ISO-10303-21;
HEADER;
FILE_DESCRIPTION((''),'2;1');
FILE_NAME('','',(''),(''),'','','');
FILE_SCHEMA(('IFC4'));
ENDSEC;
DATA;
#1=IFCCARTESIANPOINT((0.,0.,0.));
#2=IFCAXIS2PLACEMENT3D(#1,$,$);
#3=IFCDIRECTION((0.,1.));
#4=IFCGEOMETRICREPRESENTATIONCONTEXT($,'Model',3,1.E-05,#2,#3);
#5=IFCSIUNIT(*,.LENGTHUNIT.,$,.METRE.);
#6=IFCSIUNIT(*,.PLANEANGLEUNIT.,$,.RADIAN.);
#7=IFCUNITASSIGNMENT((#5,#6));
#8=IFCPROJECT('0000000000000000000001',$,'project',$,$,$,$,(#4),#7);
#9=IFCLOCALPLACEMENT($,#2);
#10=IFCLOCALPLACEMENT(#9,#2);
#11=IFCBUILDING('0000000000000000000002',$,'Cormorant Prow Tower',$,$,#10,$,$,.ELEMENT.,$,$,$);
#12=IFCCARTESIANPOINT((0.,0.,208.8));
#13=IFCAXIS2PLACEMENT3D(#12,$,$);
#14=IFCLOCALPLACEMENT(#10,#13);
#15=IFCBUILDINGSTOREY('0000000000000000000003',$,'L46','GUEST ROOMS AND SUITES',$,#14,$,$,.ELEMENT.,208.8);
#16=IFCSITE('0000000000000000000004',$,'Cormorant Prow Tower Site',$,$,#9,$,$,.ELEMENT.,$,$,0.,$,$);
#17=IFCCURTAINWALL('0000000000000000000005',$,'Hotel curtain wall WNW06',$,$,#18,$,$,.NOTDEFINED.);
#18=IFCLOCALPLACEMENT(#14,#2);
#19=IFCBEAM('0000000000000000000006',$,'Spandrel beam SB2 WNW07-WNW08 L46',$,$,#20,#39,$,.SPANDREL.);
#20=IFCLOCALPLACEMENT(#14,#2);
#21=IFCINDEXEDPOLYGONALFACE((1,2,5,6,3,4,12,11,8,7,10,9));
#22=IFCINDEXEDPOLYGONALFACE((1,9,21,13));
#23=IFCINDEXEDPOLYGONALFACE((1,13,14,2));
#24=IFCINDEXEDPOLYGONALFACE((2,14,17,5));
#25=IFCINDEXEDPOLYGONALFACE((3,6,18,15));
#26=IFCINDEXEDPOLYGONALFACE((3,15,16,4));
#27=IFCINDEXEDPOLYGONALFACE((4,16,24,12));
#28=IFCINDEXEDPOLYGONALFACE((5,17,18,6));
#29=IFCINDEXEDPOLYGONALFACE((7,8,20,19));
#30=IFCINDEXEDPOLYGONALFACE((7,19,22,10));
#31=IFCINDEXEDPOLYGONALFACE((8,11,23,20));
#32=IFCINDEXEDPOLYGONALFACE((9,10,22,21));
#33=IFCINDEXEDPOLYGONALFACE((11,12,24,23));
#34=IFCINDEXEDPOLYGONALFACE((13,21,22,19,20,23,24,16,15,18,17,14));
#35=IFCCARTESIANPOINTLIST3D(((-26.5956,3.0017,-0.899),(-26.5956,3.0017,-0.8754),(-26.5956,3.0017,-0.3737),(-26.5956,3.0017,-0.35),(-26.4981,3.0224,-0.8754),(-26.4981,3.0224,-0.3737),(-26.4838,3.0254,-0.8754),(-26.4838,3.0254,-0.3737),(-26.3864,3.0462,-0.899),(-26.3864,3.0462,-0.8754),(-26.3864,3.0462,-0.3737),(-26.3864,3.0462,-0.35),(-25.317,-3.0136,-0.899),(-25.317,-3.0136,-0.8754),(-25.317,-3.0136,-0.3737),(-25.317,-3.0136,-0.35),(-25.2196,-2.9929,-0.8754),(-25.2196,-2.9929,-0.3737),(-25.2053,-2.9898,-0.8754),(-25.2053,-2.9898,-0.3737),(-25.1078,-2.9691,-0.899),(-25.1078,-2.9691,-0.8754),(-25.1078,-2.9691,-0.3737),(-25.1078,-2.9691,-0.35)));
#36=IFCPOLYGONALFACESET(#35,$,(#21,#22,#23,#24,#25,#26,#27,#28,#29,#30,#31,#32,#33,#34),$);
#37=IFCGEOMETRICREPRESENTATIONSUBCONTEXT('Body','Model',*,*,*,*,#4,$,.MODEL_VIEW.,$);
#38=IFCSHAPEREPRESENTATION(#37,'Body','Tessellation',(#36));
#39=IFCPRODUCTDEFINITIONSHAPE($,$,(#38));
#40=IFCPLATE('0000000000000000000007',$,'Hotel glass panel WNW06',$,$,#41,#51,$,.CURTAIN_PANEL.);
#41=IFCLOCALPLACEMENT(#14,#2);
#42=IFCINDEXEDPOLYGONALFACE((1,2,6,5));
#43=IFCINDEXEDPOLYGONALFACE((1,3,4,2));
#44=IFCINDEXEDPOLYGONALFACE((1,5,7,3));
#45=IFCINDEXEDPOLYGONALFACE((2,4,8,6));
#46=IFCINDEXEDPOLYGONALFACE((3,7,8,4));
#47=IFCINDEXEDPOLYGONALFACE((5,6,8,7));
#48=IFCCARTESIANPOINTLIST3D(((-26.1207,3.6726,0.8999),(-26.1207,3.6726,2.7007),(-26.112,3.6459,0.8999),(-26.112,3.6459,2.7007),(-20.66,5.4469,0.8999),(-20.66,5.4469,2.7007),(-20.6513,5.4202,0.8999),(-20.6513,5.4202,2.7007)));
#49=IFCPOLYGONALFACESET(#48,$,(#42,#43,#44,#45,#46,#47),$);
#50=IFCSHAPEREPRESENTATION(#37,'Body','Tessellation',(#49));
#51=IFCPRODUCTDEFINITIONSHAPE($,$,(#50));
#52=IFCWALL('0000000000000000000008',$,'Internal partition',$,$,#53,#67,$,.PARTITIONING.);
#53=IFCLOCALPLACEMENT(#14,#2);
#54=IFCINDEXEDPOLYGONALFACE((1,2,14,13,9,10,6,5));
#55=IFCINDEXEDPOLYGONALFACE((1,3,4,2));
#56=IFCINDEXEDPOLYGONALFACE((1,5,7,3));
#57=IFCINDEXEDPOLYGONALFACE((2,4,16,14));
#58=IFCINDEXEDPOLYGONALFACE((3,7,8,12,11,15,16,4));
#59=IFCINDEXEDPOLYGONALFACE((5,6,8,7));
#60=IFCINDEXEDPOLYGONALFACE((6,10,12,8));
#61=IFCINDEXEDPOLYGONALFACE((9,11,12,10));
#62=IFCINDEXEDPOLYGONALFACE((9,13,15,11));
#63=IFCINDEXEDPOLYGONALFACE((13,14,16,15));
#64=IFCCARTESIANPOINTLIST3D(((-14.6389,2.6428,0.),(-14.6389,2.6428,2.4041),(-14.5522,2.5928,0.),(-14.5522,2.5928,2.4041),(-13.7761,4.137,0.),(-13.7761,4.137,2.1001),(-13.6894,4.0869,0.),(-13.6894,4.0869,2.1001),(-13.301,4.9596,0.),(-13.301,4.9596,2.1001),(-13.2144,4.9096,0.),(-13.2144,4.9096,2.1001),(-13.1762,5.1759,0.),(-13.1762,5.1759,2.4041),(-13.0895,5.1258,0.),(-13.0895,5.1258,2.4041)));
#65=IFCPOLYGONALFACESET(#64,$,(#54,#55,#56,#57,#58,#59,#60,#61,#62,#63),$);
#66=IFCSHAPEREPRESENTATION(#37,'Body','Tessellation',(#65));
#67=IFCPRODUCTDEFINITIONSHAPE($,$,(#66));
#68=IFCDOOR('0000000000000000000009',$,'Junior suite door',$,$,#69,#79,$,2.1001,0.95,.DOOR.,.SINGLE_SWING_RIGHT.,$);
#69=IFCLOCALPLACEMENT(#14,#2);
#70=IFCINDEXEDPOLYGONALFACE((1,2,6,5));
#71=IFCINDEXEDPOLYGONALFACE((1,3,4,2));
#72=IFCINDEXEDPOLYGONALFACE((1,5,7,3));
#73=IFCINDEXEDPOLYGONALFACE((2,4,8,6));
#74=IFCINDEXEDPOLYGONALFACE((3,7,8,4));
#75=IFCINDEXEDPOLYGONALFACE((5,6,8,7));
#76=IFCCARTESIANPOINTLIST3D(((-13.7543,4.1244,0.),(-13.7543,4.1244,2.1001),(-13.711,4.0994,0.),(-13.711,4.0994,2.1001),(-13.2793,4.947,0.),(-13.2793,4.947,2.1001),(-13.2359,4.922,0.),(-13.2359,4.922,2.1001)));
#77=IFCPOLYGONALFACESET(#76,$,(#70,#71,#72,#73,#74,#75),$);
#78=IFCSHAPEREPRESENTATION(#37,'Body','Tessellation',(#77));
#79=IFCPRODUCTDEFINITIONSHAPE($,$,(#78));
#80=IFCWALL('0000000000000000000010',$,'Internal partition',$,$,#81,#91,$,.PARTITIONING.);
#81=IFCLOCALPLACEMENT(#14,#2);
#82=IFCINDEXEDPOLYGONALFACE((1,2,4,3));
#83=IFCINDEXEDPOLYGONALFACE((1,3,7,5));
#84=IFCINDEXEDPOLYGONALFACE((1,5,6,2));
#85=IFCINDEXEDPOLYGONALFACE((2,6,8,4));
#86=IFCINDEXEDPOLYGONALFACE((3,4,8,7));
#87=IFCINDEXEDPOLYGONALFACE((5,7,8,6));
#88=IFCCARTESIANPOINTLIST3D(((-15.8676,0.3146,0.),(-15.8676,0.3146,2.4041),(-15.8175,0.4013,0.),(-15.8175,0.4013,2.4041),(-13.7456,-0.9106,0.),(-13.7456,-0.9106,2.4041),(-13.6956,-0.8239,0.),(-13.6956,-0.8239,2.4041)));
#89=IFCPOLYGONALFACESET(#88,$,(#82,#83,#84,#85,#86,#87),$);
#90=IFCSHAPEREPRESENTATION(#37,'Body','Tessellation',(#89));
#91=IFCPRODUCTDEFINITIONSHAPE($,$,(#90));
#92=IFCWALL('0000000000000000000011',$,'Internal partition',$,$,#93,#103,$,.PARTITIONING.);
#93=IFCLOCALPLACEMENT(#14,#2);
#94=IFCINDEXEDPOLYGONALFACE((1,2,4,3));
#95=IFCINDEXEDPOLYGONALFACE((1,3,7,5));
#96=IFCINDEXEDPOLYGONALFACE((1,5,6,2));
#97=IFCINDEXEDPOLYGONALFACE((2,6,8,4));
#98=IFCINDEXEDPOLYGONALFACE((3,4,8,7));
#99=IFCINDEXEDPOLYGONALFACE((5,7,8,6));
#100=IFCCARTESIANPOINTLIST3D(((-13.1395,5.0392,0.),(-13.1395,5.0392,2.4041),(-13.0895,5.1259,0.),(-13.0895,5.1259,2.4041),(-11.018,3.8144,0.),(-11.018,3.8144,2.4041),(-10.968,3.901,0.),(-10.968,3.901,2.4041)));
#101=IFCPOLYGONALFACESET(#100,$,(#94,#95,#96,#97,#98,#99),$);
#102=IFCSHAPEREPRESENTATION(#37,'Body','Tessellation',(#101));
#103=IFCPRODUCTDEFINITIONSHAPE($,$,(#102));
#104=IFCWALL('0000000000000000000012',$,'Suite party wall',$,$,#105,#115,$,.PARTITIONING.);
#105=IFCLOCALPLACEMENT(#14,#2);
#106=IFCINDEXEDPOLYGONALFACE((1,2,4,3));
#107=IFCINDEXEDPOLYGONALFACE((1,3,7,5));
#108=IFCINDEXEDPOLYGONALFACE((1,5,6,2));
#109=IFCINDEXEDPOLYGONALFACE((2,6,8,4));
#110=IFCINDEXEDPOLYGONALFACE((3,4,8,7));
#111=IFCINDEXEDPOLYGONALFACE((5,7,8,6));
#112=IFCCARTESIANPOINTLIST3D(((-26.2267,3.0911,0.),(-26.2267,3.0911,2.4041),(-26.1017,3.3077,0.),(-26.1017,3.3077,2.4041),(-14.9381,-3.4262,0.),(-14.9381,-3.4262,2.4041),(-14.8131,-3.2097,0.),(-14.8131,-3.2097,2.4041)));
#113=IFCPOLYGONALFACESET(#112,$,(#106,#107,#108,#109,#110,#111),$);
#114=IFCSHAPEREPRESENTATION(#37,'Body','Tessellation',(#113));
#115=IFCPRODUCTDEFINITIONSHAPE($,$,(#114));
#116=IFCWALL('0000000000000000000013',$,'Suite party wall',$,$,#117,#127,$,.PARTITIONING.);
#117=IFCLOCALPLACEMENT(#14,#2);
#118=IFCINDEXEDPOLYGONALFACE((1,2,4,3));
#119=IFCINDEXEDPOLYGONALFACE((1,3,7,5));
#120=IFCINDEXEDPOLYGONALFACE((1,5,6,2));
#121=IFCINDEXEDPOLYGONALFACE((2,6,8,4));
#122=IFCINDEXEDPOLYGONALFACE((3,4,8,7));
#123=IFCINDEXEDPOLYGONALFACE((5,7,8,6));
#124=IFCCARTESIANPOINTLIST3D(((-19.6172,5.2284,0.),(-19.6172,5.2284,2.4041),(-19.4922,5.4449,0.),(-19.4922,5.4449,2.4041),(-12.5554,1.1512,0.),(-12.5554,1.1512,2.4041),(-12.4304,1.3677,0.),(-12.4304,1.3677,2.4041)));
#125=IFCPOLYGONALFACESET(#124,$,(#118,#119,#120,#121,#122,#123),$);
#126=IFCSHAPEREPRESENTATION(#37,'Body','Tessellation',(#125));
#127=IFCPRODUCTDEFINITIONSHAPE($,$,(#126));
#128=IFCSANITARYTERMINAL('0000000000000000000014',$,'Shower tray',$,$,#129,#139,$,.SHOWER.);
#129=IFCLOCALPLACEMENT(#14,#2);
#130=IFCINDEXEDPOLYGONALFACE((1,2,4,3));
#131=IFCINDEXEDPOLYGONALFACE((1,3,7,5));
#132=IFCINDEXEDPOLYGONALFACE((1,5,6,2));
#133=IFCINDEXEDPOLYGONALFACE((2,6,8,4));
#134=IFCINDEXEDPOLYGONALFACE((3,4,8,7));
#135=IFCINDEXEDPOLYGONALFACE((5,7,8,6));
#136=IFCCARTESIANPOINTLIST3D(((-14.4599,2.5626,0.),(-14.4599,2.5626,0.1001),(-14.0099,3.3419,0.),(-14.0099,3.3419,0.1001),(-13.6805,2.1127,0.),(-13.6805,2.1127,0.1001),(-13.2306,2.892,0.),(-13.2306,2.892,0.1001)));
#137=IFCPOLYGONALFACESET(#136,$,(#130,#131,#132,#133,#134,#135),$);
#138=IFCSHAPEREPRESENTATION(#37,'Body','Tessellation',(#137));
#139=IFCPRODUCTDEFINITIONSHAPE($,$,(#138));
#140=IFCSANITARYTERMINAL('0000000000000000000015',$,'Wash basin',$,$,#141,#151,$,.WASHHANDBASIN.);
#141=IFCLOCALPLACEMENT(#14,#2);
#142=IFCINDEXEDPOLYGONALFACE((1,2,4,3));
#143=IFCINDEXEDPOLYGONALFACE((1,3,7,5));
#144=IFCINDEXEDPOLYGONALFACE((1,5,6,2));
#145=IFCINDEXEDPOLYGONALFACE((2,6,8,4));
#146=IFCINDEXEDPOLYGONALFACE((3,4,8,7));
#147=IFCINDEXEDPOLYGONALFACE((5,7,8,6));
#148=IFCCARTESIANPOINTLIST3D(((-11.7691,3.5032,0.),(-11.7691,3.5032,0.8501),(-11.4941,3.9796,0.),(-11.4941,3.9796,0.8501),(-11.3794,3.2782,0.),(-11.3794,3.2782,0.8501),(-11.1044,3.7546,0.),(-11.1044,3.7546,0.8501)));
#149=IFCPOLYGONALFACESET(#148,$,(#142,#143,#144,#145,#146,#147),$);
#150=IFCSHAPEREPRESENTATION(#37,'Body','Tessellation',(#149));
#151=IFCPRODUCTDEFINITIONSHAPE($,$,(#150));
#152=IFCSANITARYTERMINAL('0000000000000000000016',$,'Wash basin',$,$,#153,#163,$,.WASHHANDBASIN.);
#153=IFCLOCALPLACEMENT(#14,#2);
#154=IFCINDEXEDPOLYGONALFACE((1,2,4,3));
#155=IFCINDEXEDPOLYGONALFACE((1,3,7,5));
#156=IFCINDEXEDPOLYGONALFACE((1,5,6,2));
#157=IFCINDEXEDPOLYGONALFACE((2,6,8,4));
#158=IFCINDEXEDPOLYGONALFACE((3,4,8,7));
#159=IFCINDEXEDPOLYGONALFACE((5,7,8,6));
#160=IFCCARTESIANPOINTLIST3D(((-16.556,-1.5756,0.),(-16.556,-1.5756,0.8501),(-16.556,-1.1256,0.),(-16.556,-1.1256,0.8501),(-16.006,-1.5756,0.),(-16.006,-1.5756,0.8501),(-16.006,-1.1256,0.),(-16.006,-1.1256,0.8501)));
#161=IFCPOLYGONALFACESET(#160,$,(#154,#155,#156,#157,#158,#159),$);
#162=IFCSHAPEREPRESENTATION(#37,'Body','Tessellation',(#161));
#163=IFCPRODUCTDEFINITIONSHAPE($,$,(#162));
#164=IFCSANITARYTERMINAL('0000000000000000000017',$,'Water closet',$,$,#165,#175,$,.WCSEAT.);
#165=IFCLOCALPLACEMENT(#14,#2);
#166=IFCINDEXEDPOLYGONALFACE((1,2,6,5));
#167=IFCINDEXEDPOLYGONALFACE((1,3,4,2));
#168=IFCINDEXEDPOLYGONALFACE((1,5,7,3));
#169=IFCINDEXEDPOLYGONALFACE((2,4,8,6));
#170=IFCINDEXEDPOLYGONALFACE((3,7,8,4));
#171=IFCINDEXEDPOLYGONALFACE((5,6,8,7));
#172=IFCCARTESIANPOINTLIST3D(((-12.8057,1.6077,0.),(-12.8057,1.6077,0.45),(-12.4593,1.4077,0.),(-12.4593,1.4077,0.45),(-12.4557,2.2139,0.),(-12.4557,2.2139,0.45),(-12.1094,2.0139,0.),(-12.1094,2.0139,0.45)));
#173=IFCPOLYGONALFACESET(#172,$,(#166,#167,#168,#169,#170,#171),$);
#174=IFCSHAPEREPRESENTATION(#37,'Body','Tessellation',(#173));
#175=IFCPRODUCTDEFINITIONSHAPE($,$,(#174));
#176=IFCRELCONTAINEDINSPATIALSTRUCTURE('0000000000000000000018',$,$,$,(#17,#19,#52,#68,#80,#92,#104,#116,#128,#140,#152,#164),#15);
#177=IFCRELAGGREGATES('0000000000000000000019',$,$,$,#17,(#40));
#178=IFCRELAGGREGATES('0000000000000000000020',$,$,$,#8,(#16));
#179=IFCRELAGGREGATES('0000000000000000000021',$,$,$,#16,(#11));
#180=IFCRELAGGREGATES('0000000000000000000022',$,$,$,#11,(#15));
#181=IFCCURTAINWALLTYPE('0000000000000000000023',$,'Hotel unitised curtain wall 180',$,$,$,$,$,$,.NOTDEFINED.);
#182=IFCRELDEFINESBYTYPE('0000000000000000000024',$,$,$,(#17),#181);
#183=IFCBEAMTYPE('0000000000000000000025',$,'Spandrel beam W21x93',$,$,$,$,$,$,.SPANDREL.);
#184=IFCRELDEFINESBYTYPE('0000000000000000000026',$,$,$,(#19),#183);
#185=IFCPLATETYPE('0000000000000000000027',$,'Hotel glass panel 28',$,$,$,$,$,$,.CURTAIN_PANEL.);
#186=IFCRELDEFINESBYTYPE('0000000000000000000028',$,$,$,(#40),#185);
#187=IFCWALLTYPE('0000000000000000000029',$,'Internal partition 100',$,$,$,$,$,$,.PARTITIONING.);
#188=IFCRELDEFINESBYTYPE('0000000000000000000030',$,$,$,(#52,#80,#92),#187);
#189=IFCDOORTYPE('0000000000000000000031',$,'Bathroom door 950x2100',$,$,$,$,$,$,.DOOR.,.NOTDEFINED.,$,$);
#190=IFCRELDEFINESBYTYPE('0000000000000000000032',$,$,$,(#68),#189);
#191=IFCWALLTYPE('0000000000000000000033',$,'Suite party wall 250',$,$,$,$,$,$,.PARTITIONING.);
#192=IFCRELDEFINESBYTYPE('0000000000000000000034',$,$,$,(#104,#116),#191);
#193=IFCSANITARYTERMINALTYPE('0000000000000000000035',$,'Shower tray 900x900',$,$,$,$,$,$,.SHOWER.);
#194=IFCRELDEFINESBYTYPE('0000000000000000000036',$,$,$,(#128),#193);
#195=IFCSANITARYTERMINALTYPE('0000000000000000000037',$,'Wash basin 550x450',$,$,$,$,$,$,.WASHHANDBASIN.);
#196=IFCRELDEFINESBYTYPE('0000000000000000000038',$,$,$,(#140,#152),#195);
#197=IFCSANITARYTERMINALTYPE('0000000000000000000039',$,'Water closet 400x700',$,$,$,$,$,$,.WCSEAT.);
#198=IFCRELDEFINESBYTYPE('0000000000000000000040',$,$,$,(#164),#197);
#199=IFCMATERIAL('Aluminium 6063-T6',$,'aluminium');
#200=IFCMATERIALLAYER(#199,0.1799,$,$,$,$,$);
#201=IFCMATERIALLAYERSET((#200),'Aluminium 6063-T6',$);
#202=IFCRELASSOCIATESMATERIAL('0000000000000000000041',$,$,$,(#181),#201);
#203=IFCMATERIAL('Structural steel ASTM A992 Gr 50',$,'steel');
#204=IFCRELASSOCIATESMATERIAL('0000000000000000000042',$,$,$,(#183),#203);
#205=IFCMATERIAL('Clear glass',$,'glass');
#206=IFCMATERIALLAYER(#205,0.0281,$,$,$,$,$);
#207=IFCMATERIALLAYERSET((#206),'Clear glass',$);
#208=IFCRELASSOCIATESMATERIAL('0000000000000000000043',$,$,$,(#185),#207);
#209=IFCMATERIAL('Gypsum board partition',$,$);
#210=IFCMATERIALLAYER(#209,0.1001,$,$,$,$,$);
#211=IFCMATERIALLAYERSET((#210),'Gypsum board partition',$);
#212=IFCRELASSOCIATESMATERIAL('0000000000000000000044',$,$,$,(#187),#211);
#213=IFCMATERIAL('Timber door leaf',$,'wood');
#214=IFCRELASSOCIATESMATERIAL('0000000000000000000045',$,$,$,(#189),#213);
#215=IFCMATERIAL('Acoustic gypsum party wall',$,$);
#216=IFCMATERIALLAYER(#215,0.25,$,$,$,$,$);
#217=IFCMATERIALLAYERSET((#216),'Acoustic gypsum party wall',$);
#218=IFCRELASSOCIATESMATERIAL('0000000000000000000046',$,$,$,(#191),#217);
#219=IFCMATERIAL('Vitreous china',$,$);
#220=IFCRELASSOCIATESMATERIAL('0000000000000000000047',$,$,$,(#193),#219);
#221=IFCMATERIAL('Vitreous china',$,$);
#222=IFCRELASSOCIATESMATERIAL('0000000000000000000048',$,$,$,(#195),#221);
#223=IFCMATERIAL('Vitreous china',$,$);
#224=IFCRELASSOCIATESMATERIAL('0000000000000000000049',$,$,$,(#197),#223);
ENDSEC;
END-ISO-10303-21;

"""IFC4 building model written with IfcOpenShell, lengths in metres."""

from ifc_helpers import new_model, si_unit, direction, frame, frame_2d, origin, origin_2d, place, context, subcontext, project, spatial, rectangle, i_section, extrude, material, layer, layer_set, material_profile, profile_set, type_object, element, fill, aggregate, save


model = new_model("IFC4")

# Units and contexts
model_context = context("Model", 3, precision=1e-05, world=origin(), true_north=direction((0.0, 1.0)))
body_context = subcontext(model_context, "Body", "Model", "MODEL_VIEW")
ifc_project = project(units=[si_unit("LENGTHUNIT", "METRE"), si_unit("PLANEANGLEUNIT", "RADIAN")], contexts=[model_context])

# Site, building, storey
site_placement = place(None, origin())
site = spatial("IfcSite", under=ifc_project, at=site_placement, Name="Cormorant Prow Tower Site", CompositionType="ELEMENT", RefElevation=0.0)
building_placement = place(site_placement, origin())
building = spatial("IfcBuilding", under=site, at=building_placement, Name="Cormorant Prow Tower", CompositionType="ELEMENT")
storey_placement = place(building_placement, frame((0.0, 0.0, 208.8)))
storey = spatial("IfcBuildingStorey", under=building, at=storey_placement, Name="L46", Description="GUEST ROOMS AND SUITES", CompositionType="ELEMENT", Elevation=208.8)

# Curtain wall
ifc_material_1 = material(Name="Aluminium 6063-T6", Category="aluminium")
ifc_layer_1 = layer(ifc_material_1, 0.1799)
ifc_layer_set_1 = layer_set([ifc_layer_1], Name="Aluminium 6063-T6")
curtain_wall_type = type_object("IfcCurtainWallType", Name="Hotel unitised curtain wall 180", PredefinedType="NOTDEFINED", material=ifc_layer_set_1)
curtain_wall_placement = place(storey_placement, origin())
curtain_wall = element("IfcCurtainWall", 1, at=curtain_wall_placement, inside=storey, type_object=curtain_wall_type, Name="Hotel curtain wall WNW06", PredefinedType="NOTDEFINED")

# Beam
ifc_material_2 = material(Name="Structural steel ASTM A992 Gr 50", Category="steel")
ifc_material_profile_1 = material_profile(ifc_material_2, i_section(OverallWidth=0.2139, OverallDepth=0.5491, WebThickness=0.0146, FlangeThickness=0.0237, at=origin_2d()), Name="W21x93")
ifc_profile_set_1 = profile_set([ifc_material_profile_1], Name="Structural steel ASTM A992 Gr 50")
beam_type_1 = type_object("IfcBeamType", Name="Spandrel beam W21x93", PredefinedType="SPANDREL", material=ifc_profile_set_1)
beam_1_placement = place(storey_placement, frame((-26.491, 3.0239, -0.6245), z_axis=(0.207905, -0.978149, 0.0), x_axis=(0.978149, 0.207905, 0.0)))
element("IfcBeam", 2, at=beam_1_placement, inside=storey, type_object=beam_type_1, Name="Spandrel beam SB2 WNW07-WNW08 L46", PredefinedType="SPANDREL", context=body_context, shape_type="SweptSolid", body=[
    extrude(i_section(OverallWidth=0.2139, OverallDepth=0.5491, WebThickness=0.0146, FlangeThickness=0.0237, at=origin_2d()), origin(), (0.0, 0.0, 1.0), 6.1497),
])

# Plate
ifc_material_3 = material(Name="Clear glass", Category="glass")
ifc_layer_2 = layer(ifc_material_3, 0.0281)
ifc_layer_set_2 = layer_set([ifc_layer_2], Name="Clear glass")
plate_type = type_object("IfcPlateType", Name="Hotel glass panel 28", PredefinedType="CURTAIN_PANEL", material=ifc_layer_set_2)
plate_placement = place(storey_placement, frame((-23.386, 4.5464, 0.8999), z_axis=(0.0, 0.0, 1.0), x_axis=(-0.951057, -0.309017, 0.0)))
plate = element("IfcPlate", 3, at=plate_placement, type_object=plate_type, Name="Hotel glass panel WNW06", PredefinedType="CURTAIN_PANEL", context=body_context, shape_type="SweptSolid", body=[
    extrude(rectangle(XDim=5.7417, YDim=0.0281, at=origin_2d()), origin(), (0.0, 0.0, 1.0), 1.8008),
])
aggregate(curtain_wall, [plate])

# Wall, opening, door
ifc_material_4 = material(Name="Gypsum board partition")
ifc_layer_3 = layer(ifc_material_4, 0.1001)
ifc_layer_set_3 = layer_set([ifc_layer_3], Name="Gypsum board partition")
wall_type_1 = type_object("IfcWallType", Name="Internal partition 100", PredefinedType="PARTITIONING", material=ifc_layer_set_3)
wall_1_placement = place(storey_placement, frame((-14.5955, 2.6179, 0.0), z_axis=(0.0, 0.0, 1.0), x_axis=(0.500062, 0.86599, 0.0)))
wall_1 = element("IfcWall", 4, at=wall_1_placement, inside=storey, type_object=wall_type_1, Name="Internal partition", PredefinedType="PARTITIONING", context=body_context, shape_type="SweptSolid", body=[
    extrude(rectangle(XDim=2.925, YDim=0.1001, at=frame_2d((1.4624, 0.0))), origin(), (0.0, 0.0, 1.0), 2.4041),
])
opening_1_placement = place(wall_1_placement, frame((1.7251, 0.0, 0.0)))
opening_1 = element("IfcOpeningElement", 5, at=opening_1_placement, cuts=wall_1, PredefinedType="OPENING", context=body_context, shape_type="SweptSolid", body=[
    extrude(rectangle(XDim=0.95, YDim=2.1001, at=frame_2d((0.4751, 1.05))), frame((0.0, 0.0601, 0.0), z_axis=(0.0, -1.0, 0.0), x_axis=(1.0, 0.0, 0.0)), (0.0, 0.0, 1.0), 0.1201),
])
ifc_material_5 = material(Name="Timber door leaf", Category="wood")
door_type_1 = type_object("IfcDoorType", Name="Bathroom door 950x2100", OperationType="NOTDEFINED", PredefinedType="DOOR", material=ifc_material_5)
door_1_placement = place(opening_1_placement, origin())
door_1 = element("IfcDoor", 6, at=door_1_placement, inside=storey, type_object=door_type_1, Name="Junior suite door", OperationType="SINGLE_SWING_RIGHT", OverallHeight=2.1001, OverallWidth=0.95, PredefinedType="DOOR", context=body_context, shape_type="SweptSolid", body=[
    extrude(rectangle(XDim=0.95, YDim=2.1001, at=frame_2d((0.4751, 1.05))), frame((0.0, 0.0249, 0.0), z_axis=(0.0, -1.0, 0.0), x_axis=(1.0, 0.0, 0.0)), (0.0, 0.0, 1.0), 0.05),
])
fill(opening_1, door_1)

# Walls
wall_2_placement = place(storey_placement, frame((-15.8425, 0.3579, 0.0), z_axis=(0.0, 0.0, 1.0), x_axis=(0.866015, -0.500019, 0.0)))
element("IfcWall", 7, at=wall_2_placement, inside=storey, type_object=wall_type_1, Name="Internal partition", PredefinedType="PARTITIONING", context=body_context, shape_type="SweptSolid", body=[
    extrude(rectangle(XDim=2.4502, YDim=0.1001, at=frame_2d((1.2251, 0.0))), origin(), (0.0, 0.0, 1.0), 2.4041),
])
wall_3_placement = place(storey_placement, frame((-13.1145, 5.0825, 0.0), z_axis=(0.0, 0.0, 1.0), x_axis=(0.866033, -0.499987, 0.0)))
element("IfcWall", 8, at=wall_3_placement, inside=storey, type_object=wall_type_1, Name="Internal partition", PredefinedType="PARTITIONING", context=body_context, shape_type="SweptSolid", body=[
    extrude(rectangle(XDim=2.4497, YDim=0.1001, at=frame_2d((1.2249, 0.0))), origin(), (0.0, 0.0, 1.0), 2.4041),
])
ifc_material_6 = material(Name="Acoustic gypsum party wall")
ifc_layer_4 = layer(ifc_material_6, 0.25)
ifc_layer_set_4 = layer_set([ifc_layer_4], Name="Acoustic gypsum party wall")
wall_type_2 = type_object("IfcWallType", Name="Suite party wall 250", PredefinedType="PARTITIONING", material=ifc_layer_set_4)
wall_4_placement = place(storey_placement, frame((-26.1643, 3.1995, 0.0), z_axis=(0.0, 0.0, 1.0), x_axis=(0.86603, -0.499993, 0.0)))
element("IfcWall", 9, at=wall_4_placement, inside=storey, type_object=wall_type_2, Name="Suite party wall", PredefinedType="PARTITIONING", context=body_context, shape_type="SweptSolid", body=[
    extrude(rectangle(XDim=13.0349, YDim=0.25, at=frame_2d((6.5176, 0.0))), origin(), (0.0, 0.0, 1.0), 2.4041),
])
wall_5_placement = place(storey_placement, frame((-19.5547, 5.3367, 0.0), z_axis=(0.0, 0.0, 1.0), x_axis=(0.866024, -0.500003, 0.0)))
element("IfcWall", 10, at=wall_5_placement, inside=storey, type_object=wall_type_2, Name="Suite party wall", PredefinedType="PARTITIONING", context=body_context, shape_type="SweptSolid", body=[
    extrude(rectangle(XDim=8.1543, YDim=0.25, at=frame_2d((4.0771, 0.0))), origin(), (0.0, 0.0, 1.0), 2.4041),
])

# Sanitary terminals
ifc_material_7 = material(Name="Vitreous china")
sanitary_terminal_type_1 = type_object("IfcSanitaryTerminalType", Name="Shower tray 900x900", PredefinedType="SHOWER", material=ifc_material_7)
sanitary_terminal_1_placement = place(storey_placement, frame((-13.8452, 2.7273, 0.0), z_axis=(0.0, 0.0, 1.0), x_axis=(0.5, 0.866025, 0.0)))
element("IfcSanitaryTerminal", 11, at=sanitary_terminal_1_placement, inside=storey, type_object=sanitary_terminal_type_1, Name="Shower tray", PredefinedType="SHOWER", context=body_context, shape_type="SweptSolid", body=[
    extrude(rectangle(XDim=0.8999, YDim=0.8999, at=origin_2d()), origin(), (0.0, 0.0, 1.0), 0.1001),
])
ifc_material_8 = material(Name="Vitreous china")
sanitary_terminal_type_2 = type_object("IfcSanitaryTerminalType", Name="Wash basin 550x450", PredefinedType="WASHHANDBASIN", material=ifc_material_8)
for number, where, z_axis, x_axis, name in (
    (12, (-11.4368, 3.6289, 0.0), (0.0, 0.0, 1.0), (-0.5, -0.866025, 0.0), "Wash basin"),
    (13, (-16.281, -1.3506, 0.0), (0.0, 0.0, 1.0), (1.0, 0.0, 0.0), "Wash basin"),
):
    element("IfcSanitaryTerminal", number, at=place(storey_placement, frame(where, z_axis=z_axis, x_axis=x_axis)), inside=storey, type_object=sanitary_terminal_type_2, Name=name, PredefinedType="WASHHANDBASIN", context=body_context, shape_type="SweptSolid", body=[
        extrude(rectangle(XDim=0.55, YDim=0.45, at=origin_2d()), origin(), (0.0, 0.0, 1.0), 0.8501),
    ])
ifc_material_9 = material(Name="Vitreous china")
sanitary_terminal_type_3 = type_object("IfcSanitaryTerminalType", Name="Water closet 400x700", PredefinedType="WCSEAT", material=ifc_material_9)
sanitary_terminal_2_placement = place(storey_placement, frame((-12.4575, 1.8108, 0.0), z_axis=(0.0, 0.0, 1.0), x_axis=(-0.866025, 0.5, 0.0)))
element("IfcSanitaryTerminal", 14, at=sanitary_terminal_2_placement, inside=storey, type_object=sanitary_terminal_type_3, Name="Water closet", PredefinedType="WCSEAT", context=body_context, shape_type="SweptSolid", body=[
    extrude(rectangle(XDim=0.3999, YDim=0.7, at=origin_2d()), origin(), (0.0, 0.0, 1.0), 0.45),
])

save(model, "model.ifc")
